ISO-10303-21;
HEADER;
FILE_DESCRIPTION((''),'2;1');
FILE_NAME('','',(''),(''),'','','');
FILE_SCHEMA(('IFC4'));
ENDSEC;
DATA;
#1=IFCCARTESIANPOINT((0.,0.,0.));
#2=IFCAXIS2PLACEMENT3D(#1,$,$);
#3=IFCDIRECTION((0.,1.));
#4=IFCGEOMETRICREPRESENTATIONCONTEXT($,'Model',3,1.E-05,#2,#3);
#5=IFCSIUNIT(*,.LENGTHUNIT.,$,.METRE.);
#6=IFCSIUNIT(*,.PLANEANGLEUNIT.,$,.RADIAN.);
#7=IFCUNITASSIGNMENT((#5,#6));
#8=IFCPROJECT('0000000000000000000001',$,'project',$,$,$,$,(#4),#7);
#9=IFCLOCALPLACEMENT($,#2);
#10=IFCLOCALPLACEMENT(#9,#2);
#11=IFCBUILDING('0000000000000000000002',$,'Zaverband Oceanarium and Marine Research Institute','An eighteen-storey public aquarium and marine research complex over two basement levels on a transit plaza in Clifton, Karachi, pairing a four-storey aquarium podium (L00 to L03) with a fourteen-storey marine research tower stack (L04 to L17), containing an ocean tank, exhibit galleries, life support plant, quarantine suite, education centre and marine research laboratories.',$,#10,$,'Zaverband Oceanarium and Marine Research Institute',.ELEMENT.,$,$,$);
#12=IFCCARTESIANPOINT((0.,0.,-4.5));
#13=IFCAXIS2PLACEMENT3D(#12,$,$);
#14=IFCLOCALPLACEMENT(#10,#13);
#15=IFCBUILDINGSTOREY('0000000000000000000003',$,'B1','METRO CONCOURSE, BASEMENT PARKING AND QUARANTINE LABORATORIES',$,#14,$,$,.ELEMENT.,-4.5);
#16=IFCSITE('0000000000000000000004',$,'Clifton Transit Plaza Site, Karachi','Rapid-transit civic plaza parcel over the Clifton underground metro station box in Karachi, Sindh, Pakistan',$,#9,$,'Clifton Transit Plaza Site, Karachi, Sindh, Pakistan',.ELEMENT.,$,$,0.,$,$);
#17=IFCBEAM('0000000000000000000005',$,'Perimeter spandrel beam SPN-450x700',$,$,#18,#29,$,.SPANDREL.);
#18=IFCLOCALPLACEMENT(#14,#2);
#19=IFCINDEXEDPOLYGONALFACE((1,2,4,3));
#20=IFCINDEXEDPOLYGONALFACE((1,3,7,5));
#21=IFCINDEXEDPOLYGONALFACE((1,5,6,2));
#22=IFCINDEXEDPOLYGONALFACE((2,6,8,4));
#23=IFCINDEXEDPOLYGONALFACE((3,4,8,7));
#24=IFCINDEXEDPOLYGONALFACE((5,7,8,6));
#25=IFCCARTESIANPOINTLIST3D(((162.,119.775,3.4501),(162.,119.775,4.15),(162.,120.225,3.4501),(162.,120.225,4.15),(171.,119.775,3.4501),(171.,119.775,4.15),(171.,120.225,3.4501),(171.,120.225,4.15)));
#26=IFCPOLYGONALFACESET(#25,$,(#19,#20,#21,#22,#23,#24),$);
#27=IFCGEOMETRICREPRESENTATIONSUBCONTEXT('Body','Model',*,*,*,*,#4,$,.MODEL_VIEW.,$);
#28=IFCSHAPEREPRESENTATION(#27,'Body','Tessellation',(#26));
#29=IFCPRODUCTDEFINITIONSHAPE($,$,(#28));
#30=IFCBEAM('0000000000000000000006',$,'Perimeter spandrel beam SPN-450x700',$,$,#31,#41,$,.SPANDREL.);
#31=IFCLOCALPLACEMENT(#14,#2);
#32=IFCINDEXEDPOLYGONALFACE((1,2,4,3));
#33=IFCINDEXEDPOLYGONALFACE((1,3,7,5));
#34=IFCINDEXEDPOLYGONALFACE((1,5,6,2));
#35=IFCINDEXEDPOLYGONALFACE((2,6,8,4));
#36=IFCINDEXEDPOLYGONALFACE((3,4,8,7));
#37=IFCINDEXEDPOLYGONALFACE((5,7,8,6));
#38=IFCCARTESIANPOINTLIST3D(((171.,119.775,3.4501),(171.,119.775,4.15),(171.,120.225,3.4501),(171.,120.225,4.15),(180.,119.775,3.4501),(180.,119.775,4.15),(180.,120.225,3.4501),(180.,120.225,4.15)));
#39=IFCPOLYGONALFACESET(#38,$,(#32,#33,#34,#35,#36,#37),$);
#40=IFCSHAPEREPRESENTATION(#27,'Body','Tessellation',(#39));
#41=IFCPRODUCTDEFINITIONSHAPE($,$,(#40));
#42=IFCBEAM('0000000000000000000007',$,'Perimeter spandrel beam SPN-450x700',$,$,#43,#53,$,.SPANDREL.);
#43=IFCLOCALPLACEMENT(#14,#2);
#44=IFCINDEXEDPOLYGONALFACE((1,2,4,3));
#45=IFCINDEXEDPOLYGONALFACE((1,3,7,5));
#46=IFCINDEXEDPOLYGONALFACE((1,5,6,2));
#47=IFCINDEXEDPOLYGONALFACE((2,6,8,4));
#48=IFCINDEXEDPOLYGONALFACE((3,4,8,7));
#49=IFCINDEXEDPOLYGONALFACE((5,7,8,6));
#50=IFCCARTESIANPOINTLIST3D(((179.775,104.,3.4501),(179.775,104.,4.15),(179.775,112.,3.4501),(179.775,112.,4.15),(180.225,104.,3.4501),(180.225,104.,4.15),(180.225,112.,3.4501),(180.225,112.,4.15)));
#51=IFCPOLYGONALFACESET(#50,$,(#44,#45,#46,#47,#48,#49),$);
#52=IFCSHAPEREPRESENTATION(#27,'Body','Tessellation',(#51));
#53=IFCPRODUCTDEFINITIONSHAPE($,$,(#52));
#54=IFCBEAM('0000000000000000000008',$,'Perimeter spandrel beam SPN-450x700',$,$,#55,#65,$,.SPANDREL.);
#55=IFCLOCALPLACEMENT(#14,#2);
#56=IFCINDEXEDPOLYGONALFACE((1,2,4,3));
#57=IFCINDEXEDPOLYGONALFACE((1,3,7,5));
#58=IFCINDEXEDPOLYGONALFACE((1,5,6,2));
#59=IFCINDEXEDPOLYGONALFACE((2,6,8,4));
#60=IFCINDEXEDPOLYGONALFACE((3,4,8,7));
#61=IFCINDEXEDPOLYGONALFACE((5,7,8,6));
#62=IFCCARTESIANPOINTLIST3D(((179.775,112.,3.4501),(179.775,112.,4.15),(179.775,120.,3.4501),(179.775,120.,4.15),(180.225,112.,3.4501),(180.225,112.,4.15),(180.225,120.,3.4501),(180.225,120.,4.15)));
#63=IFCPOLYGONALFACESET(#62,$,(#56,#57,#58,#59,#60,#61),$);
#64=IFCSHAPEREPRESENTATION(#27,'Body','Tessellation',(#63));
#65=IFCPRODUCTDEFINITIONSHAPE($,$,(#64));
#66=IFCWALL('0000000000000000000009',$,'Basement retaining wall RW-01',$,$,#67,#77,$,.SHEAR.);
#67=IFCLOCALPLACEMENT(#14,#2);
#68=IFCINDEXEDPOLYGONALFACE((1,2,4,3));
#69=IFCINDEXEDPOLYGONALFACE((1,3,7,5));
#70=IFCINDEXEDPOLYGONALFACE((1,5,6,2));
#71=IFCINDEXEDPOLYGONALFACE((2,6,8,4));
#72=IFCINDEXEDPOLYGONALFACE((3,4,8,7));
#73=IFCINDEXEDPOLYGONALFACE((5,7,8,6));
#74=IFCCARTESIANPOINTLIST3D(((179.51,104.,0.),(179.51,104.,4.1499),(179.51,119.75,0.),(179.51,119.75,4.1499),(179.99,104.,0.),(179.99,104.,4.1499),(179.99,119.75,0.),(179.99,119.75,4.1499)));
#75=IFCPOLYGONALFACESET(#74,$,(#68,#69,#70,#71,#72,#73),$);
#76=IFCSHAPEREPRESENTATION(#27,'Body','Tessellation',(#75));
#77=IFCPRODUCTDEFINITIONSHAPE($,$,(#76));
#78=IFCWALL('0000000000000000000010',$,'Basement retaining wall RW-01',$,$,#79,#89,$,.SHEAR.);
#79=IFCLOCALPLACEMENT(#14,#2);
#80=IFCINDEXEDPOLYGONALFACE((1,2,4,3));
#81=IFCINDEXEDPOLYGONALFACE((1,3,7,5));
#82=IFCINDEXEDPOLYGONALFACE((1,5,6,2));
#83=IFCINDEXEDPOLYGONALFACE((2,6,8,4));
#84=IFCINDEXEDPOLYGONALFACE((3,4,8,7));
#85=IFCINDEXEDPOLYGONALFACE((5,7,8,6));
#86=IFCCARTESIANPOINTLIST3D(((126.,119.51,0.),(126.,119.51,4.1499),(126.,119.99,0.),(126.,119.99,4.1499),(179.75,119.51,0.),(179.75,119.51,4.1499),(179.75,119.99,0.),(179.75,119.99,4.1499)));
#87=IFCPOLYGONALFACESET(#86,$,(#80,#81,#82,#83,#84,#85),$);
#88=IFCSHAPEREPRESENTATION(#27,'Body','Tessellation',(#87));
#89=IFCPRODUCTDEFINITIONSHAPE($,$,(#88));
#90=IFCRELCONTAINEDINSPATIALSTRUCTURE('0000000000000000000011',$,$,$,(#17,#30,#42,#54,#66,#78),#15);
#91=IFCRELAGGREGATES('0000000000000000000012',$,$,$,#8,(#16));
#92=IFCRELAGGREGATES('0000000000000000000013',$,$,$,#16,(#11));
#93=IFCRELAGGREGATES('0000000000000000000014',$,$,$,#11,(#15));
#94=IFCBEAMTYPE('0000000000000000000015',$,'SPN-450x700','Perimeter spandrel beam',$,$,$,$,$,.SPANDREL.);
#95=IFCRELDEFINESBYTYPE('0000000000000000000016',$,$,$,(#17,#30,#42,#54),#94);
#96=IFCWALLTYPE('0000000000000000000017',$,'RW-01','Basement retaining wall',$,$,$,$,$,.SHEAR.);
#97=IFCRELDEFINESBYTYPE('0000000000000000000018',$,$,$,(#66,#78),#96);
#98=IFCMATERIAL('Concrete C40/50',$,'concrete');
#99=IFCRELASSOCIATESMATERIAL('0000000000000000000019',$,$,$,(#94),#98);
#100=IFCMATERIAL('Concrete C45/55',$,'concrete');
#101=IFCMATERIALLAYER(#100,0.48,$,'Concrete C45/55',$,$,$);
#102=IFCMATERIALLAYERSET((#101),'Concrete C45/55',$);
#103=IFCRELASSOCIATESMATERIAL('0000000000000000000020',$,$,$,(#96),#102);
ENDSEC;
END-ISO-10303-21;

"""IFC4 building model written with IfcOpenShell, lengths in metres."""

from ifc_helpers import new_model, si_unit, direction, frame, frame_2d, origin, origin_2d, place, context, subcontext, project, spatial, rectangle, extrude, material, layer, layer_set, material_profile, profile_set, type_object, element, save


model = new_model("IFC4")

# Units and contexts
model_context = context("Model", 3, precision=1e-05, world=origin(), true_north=direction((0.0, 1.0)))
body_context = subcontext(model_context, "Body", "Model", "MODEL_VIEW")
ifc_project = project(units=[si_unit("LENGTHUNIT", "METRE"), si_unit("PLANEANGLEUNIT", "RADIAN")], contexts=[model_context])

# Site, building, storey
site_placement = place(None, origin())
site = spatial("IfcSite", under=ifc_project, at=site_placement, Name="Clifton Transit Plaza Site, Karachi", Description="Rapid-transit civic plaza parcel over the Clifton underground metro station box in Karachi, Sindh, Pakistan", LongName="Clifton Transit Plaza Site, Karachi, Sindh, Pakistan", CompositionType="ELEMENT", RefElevation=0.0)
building_placement = place(site_placement, origin())
building = spatial("IfcBuilding", under=site, at=building_placement, Name="Zaverband Oceanarium and Marine Research Institute", Description="An eighteen-storey public aquarium and marine research complex over two basement levels on a transit plaza in Clifton, Karachi, pairing a four-storey aquarium podium (L00 to L03) with a fourteen-storey marine research tower stack (L04 to L17), containing an ocean tank, exhibit galleries, life support plant, quarantine suite, education centre and marine research laboratories.", LongName="Zaverband Oceanarium and Marine Research Institute", CompositionType="ELEMENT")
storey_placement = place(building_placement, frame((0.0, 0.0, -4.5)))
storey = spatial("IfcBuildingStorey", under=building, at=storey_placement, Name="B1", Description="METRO CONCOURSE, BASEMENT PARKING AND QUARANTINE LABORATORIES", CompositionType="ELEMENT", Elevation=-4.5)

# Beams
ifc_material_1 = material(Name="Concrete C40/50", Category="concrete")
ifc_material_profile_1 = material_profile(ifc_material_1, rectangle(XDim=0.45, YDim=0.7, at=origin_2d()), Name="RC450x700")
ifc_profile_set_1 = profile_set([ifc_material_profile_1], Name="Concrete C40/50")
beam_type_1 = type_object("IfcBeamType", Name="SPN-450x700", Description="Perimeter spandrel beam", PredefinedType="SPANDREL", material=ifc_profile_set_1)
for number, where, z_axis, x_axis, name in (
    (1, (162.0, 120.0, 3.8), (1.0, 0.0, 0.0), (0.0, 1.0, 0.0), "Perimeter spandrel beam SPN-450x700"),
    (2, (171.0, 120.0, 3.8), (1.0, 0.0, 0.0), (0.0, 1.0, 0.0), "Perimeter spandrel beam SPN-450x700"),
):
    element("IfcBeam", number, at=place(storey_placement, frame(where, z_axis=z_axis, x_axis=x_axis)), inside=storey, type_object=beam_type_1, Name=name, PredefinedType="SPANDREL", context=body_context, shape_type="SweptSolid", body=[
        extrude(rectangle(XDim=0.45, YDim=0.7, at=origin_2d()), origin(), (0.0, 0.0, 1.0), 9.0),
    ])
for number, where, z_axis, x_axis, name in (
    (3, (180.0, 104.0, 3.8), (0.0, 1.0, 0.0), (-1.0, 0.0, 0.0), "Perimeter spandrel beam SPN-450x700"),
    (4, (180.0, 112.0, 3.8), (0.0, 1.0, 0.0), (-1.0, 0.0, 0.0), "Perimeter spandrel beam SPN-450x700"),
):
    element("IfcBeam", number, at=place(storey_placement, frame(where, z_axis=z_axis, x_axis=x_axis)), inside=storey, type_object=beam_type_1, Name=name, PredefinedType="SPANDREL", context=body_context, shape_type="SweptSolid", body=[
        extrude(rectangle(XDim=0.45, YDim=0.7, at=origin_2d()), origin(), (0.0, 0.0, 1.0), 8.0),
    ])

# Walls
ifc_material_2 = material(Name="Concrete C45/55", Category="concrete")
ifc_layer = layer(ifc_material_2, 0.48, Name="Concrete C45/55")
ifc_layer_set = layer_set([ifc_layer], Name="Concrete C45/55")
wall_type = type_object("IfcWallType", Name="RW-01", Description="Basement retaining wall", PredefinedType="SHEAR", material=ifc_layer_set)
wall_1_placement = place(storey_placement, frame((179.75, 104.0, 0.0), z_axis=(0.0, 0.0, 1.0), x_axis=(0.0, 1.0, 0.0)))
element("IfcWall", 5, at=wall_1_placement, inside=storey, type_object=wall_type, Name="Basement retaining wall RW-01", PredefinedType="SHEAR", context=body_context, shape_type="SweptSolid", body=[
    extrude(rectangle(XDim=15.75, YDim=0.48, at=frame_2d((7.875, 0.0))), origin(), (0.0, 0.0, 1.0), 4.1499),
])
wall_2_placement = place(storey_placement, frame((179.75, 119.75, 0.0), z_axis=(0.0, 0.0, 1.0), x_axis=(-1.0, 0.0, 0.0)))
element("IfcWall", 6, at=wall_2_placement, inside=storey, type_object=wall_type, Name="Basement retaining wall RW-01", PredefinedType="SHEAR", context=body_context, shape_type="SweptSolid", body=[
    extrude(rectangle(XDim=53.75, YDim=0.48, at=frame_2d((26.875, 0.0))), origin(), (0.0, 0.0, 1.0), 4.1499),
])

save(model, "model.ifc")
